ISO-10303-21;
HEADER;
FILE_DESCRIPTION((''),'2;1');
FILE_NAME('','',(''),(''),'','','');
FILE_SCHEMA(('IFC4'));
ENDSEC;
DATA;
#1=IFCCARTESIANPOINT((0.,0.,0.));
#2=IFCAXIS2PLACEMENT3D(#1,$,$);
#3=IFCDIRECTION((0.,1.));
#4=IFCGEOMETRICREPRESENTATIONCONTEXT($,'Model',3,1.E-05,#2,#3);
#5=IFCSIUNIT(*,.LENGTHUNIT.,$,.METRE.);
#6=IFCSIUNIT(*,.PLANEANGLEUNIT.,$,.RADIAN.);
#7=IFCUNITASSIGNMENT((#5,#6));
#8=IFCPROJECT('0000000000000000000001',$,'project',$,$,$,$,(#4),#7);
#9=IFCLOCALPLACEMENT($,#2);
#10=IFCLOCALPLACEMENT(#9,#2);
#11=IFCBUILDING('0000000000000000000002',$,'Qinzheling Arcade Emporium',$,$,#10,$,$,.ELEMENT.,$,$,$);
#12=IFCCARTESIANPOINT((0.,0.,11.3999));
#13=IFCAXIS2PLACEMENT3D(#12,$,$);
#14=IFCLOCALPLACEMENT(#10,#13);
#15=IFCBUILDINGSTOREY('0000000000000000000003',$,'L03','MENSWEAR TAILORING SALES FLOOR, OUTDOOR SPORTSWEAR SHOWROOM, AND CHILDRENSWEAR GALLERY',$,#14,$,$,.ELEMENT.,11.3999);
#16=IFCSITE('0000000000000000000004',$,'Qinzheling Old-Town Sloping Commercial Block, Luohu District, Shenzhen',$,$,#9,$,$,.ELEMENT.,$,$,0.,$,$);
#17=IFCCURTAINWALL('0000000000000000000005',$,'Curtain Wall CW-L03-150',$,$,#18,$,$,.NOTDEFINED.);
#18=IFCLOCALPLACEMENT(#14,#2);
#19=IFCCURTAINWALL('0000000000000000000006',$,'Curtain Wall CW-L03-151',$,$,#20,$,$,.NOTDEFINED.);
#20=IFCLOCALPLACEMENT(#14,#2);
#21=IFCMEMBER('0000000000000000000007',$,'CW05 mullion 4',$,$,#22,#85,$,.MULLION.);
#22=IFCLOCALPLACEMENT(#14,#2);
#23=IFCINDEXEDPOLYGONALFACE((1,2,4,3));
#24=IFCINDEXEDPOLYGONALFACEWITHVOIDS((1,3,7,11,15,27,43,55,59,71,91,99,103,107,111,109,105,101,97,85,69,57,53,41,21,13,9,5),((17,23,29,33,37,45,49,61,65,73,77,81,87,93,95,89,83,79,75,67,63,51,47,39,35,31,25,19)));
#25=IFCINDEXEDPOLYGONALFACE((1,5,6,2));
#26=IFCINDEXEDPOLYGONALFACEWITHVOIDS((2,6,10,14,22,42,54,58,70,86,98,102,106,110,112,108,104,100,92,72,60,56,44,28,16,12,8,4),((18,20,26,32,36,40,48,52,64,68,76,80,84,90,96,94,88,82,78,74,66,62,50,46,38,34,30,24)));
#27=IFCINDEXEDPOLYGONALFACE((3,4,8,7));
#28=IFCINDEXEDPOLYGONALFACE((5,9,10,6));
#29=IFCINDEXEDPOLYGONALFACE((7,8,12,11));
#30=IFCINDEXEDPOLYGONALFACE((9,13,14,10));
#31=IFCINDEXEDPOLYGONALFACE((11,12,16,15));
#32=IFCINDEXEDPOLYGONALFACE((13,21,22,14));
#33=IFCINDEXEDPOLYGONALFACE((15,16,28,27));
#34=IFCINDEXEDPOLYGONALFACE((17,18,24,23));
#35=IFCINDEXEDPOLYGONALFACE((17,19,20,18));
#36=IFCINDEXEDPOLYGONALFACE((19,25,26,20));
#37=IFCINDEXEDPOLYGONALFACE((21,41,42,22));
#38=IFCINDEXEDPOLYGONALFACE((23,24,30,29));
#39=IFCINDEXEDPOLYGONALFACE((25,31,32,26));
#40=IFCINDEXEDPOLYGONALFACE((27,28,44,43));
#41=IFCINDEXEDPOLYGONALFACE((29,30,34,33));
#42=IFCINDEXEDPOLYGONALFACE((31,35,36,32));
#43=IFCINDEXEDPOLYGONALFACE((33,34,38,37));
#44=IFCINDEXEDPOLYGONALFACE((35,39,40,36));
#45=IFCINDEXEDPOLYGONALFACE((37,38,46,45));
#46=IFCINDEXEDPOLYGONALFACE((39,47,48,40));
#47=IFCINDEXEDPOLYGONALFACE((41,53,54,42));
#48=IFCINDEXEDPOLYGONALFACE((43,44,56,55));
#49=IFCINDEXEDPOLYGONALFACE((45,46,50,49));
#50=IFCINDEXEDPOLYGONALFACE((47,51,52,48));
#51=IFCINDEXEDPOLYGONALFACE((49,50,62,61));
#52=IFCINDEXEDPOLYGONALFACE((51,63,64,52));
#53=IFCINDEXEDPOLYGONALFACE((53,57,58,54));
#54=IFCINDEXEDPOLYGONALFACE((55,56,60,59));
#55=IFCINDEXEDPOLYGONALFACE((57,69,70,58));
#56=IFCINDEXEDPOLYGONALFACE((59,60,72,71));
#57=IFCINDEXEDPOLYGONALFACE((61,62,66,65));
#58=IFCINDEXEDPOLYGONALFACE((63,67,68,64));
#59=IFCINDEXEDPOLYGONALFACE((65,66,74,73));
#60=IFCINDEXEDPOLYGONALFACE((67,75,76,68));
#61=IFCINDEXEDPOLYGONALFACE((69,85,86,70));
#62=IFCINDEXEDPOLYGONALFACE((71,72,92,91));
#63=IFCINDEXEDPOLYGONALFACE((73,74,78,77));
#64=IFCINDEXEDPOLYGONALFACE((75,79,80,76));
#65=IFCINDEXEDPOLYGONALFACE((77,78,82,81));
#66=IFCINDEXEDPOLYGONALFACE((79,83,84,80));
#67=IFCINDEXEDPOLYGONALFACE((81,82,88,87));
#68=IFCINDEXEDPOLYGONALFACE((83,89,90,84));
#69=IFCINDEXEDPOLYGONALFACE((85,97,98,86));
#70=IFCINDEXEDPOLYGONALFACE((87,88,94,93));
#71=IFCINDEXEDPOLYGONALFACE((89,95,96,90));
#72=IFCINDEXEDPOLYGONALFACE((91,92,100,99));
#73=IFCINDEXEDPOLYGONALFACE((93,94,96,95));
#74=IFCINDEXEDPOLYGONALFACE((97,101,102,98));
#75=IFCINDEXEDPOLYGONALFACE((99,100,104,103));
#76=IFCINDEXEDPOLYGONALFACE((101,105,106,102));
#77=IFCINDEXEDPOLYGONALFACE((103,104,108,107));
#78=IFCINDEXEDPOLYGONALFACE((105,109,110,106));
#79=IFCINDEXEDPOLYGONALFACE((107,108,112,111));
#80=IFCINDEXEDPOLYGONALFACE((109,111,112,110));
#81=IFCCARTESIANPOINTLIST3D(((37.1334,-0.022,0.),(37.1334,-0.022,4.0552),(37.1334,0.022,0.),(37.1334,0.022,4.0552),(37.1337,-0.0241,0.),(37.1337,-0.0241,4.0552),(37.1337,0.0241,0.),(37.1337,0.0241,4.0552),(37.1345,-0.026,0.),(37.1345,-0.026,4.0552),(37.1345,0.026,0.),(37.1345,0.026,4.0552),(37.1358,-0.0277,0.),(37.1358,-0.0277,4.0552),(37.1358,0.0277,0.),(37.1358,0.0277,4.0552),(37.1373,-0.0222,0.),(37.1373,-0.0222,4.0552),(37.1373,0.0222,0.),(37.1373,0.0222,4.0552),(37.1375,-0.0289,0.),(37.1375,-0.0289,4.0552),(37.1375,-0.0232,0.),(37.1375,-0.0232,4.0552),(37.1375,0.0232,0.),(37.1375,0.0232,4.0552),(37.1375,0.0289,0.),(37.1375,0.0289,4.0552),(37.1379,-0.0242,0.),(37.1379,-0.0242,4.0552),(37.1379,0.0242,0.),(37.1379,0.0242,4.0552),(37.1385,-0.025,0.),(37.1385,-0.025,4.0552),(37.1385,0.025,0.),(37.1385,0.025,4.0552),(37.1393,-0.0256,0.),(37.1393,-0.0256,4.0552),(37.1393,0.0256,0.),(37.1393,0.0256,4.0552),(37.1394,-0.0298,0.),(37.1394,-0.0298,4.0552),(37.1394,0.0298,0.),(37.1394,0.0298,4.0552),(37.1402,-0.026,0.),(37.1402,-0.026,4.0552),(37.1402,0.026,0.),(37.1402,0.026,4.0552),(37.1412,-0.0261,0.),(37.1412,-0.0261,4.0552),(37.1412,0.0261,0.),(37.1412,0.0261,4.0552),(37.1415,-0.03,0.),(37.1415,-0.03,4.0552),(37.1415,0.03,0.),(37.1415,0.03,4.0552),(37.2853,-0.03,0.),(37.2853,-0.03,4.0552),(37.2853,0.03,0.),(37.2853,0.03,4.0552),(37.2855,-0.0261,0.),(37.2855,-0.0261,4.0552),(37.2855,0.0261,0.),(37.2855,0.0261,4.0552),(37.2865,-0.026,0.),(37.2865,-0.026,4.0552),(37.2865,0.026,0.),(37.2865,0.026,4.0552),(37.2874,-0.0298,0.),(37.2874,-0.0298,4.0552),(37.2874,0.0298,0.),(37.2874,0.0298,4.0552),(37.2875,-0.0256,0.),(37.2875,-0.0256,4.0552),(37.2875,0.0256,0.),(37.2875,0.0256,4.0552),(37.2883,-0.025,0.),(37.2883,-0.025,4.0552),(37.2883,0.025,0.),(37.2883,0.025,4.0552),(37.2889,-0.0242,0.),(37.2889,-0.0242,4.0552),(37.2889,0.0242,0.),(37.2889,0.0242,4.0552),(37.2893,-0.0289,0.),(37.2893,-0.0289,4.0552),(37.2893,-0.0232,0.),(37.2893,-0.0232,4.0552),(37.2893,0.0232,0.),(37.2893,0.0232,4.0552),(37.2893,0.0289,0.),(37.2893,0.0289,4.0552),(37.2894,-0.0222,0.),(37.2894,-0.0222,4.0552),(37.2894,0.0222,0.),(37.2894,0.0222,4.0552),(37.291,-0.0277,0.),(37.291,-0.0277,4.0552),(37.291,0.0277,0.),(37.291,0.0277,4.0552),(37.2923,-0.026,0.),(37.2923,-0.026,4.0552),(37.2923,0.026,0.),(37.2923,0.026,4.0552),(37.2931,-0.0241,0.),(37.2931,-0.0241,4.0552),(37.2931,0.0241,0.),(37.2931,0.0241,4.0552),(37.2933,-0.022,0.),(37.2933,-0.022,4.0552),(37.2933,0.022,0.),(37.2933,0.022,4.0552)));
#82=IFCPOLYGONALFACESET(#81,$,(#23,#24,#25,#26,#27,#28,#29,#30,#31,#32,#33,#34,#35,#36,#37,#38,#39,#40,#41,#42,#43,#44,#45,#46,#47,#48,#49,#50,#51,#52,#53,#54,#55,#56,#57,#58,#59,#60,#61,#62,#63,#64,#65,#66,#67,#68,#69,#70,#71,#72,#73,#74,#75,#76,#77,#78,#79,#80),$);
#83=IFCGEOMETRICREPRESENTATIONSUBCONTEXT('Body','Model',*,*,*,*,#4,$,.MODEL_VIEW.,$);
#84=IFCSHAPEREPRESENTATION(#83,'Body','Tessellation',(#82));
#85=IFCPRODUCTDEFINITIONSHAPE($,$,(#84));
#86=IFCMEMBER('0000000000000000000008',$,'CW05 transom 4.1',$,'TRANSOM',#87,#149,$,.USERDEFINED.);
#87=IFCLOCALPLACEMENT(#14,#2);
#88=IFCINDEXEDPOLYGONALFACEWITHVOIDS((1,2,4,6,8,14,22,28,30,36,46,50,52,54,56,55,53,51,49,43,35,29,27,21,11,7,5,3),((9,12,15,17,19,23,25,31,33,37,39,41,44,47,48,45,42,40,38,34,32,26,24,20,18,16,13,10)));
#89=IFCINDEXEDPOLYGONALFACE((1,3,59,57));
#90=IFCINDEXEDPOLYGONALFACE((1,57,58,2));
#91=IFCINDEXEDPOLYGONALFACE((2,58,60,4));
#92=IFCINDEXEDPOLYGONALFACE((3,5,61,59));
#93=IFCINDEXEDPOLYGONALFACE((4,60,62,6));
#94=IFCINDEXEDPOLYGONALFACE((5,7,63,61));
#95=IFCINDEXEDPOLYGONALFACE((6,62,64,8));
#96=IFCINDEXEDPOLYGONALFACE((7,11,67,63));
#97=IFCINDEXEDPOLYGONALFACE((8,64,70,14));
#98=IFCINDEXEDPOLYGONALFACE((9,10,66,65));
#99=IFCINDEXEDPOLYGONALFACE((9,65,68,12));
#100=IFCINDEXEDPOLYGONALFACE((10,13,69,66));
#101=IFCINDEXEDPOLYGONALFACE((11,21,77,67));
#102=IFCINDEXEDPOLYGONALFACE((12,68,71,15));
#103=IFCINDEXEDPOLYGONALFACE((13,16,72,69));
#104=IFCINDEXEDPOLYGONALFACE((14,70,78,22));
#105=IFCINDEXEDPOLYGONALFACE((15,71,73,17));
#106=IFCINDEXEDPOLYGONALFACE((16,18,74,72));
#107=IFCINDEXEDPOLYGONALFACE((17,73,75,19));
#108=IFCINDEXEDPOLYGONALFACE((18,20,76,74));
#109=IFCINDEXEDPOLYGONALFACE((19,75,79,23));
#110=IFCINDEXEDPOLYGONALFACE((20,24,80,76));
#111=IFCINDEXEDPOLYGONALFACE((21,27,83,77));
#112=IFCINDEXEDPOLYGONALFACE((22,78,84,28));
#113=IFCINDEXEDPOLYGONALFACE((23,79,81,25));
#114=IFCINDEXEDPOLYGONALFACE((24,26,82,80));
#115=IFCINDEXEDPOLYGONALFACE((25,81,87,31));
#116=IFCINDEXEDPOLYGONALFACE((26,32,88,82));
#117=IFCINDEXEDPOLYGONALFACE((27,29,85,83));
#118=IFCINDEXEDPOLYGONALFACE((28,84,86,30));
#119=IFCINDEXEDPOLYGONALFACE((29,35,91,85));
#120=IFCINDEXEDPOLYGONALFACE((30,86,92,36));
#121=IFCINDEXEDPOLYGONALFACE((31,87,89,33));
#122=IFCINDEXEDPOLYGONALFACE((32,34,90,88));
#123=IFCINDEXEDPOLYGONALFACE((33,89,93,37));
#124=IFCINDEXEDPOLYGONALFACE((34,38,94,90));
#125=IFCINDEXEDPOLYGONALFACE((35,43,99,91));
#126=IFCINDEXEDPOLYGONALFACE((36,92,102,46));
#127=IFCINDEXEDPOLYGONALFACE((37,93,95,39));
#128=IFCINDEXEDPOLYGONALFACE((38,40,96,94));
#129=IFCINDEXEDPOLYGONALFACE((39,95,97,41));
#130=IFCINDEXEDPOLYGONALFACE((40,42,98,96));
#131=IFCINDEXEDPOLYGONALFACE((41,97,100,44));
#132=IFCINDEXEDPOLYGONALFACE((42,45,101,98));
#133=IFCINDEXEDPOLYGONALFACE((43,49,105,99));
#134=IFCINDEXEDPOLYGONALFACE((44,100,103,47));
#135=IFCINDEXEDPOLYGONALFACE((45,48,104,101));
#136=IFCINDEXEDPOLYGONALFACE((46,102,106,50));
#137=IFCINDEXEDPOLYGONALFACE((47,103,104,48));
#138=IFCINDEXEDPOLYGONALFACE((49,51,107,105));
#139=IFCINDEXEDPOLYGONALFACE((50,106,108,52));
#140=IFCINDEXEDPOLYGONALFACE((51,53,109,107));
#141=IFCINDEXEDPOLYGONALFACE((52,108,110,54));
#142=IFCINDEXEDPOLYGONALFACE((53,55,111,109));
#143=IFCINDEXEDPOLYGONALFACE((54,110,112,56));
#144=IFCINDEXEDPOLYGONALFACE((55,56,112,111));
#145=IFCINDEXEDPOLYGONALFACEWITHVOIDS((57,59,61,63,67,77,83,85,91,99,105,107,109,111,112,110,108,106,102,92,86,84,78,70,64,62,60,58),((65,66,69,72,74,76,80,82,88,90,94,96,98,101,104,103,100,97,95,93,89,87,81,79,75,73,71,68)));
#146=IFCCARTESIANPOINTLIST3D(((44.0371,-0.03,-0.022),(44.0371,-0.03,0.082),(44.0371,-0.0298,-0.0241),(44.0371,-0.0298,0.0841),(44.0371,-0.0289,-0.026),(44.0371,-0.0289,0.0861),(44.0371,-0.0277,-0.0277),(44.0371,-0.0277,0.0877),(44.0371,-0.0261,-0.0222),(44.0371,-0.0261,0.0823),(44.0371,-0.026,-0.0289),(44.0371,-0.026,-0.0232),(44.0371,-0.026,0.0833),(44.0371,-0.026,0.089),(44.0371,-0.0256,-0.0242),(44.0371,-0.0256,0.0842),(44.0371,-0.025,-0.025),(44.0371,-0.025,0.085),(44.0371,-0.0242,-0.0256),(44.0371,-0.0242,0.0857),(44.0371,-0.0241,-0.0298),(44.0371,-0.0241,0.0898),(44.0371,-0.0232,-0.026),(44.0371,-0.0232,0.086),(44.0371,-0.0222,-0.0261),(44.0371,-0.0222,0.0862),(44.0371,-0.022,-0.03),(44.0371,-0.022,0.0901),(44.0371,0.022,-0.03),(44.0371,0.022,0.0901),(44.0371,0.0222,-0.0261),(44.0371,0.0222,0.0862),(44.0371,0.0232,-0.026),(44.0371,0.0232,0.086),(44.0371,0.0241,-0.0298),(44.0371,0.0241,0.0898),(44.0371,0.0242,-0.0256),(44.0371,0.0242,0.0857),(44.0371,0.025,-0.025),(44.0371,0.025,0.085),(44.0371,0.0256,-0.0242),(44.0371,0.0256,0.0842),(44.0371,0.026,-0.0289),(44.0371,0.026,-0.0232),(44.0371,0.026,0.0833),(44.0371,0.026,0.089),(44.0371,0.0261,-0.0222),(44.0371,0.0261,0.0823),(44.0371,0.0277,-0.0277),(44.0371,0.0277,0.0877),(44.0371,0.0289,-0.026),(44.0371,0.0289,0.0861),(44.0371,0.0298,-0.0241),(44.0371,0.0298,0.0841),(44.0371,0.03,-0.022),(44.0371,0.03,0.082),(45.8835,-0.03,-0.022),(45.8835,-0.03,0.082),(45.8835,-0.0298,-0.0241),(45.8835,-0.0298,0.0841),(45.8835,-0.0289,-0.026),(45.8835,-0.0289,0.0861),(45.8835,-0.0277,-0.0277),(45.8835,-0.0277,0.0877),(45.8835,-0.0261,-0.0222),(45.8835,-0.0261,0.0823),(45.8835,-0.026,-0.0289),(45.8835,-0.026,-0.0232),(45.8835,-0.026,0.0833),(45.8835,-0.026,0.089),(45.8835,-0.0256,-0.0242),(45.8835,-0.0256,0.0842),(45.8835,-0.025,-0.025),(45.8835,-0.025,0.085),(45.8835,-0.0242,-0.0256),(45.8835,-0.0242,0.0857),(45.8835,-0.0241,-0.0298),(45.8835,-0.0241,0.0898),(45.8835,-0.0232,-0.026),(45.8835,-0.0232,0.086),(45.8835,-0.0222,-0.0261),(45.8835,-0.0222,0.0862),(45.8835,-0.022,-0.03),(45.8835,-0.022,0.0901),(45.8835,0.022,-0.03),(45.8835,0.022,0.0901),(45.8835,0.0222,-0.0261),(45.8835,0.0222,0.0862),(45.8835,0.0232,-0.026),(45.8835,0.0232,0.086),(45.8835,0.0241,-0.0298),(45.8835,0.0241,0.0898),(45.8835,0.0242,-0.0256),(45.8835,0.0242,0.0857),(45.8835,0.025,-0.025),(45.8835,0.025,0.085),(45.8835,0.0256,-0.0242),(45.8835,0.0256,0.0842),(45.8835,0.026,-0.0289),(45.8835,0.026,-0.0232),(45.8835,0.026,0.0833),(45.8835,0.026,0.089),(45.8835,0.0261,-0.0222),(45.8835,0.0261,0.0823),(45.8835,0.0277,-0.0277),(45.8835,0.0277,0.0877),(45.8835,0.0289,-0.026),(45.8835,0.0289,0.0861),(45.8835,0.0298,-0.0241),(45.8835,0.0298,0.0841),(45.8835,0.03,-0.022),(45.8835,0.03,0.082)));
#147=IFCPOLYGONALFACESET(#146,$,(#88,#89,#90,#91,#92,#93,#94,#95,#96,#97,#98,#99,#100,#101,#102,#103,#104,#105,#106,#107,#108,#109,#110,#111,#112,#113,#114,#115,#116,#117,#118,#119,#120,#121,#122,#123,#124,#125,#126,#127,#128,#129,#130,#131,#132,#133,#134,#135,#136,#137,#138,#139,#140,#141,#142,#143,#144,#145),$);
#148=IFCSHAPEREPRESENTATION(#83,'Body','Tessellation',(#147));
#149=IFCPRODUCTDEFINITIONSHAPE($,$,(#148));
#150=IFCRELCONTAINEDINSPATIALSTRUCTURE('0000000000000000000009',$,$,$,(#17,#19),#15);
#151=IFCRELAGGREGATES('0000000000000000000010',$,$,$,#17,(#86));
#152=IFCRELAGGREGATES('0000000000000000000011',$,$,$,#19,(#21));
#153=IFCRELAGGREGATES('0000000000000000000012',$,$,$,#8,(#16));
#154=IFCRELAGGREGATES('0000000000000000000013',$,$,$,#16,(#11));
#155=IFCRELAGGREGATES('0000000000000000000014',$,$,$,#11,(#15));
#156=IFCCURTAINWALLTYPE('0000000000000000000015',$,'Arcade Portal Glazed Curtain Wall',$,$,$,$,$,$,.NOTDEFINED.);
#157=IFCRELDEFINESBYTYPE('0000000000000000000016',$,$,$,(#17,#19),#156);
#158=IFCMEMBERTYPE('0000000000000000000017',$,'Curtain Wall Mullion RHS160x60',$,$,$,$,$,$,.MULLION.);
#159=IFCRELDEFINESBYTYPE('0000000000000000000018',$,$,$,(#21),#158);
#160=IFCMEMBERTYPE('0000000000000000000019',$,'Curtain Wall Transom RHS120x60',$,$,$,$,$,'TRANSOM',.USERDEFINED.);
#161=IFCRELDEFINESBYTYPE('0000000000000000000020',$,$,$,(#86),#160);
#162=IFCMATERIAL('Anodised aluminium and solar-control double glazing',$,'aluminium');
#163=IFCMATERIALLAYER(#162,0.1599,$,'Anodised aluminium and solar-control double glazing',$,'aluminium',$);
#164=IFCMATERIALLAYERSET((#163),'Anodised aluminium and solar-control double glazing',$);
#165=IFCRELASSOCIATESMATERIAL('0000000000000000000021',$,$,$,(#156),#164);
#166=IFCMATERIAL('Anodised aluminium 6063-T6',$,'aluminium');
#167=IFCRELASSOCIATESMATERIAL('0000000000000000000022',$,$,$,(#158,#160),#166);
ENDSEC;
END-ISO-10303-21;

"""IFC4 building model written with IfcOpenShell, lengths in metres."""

from ifc_helpers import new_model, si_unit, direction, frame, origin, origin_2d, place, context, subcontext, project, spatial, hollow_rectangle, extrude, material, layer, layer_set, material_profile, profile_set, type_object, element, aggregate, save


model = new_model("IFC4")

# Units and contexts
model_context = context("Model", 3, precision=1e-05, world=origin(), true_north=direction((0.0, 1.0)))
body_context = subcontext(model_context, "Body", "Model", "MODEL_VIEW")
ifc_project = project(units=[si_unit("LENGTHUNIT", "METRE"), si_unit("PLANEANGLEUNIT", "RADIAN")], contexts=[model_context])

# Site, building, storey
site_placement = place(None, origin())
site = spatial("IfcSite", under=ifc_project, at=site_placement, Name="Qinzheling Old-Town Sloping Commercial Block, Luohu District, Shenzhen", CompositionType="ELEMENT", RefElevation=0.0)
building_placement = place(site_placement, origin())
building = spatial("IfcBuilding", under=site, at=building_placement, Name="Qinzheling Arcade Emporium", CompositionType="ELEMENT")
storey_placement = place(building_placement, frame((0.0, 0.0, 11.3999)))
storey = spatial("IfcBuildingStorey", under=building, at=storey_placement, Name="L03", Description="MENSWEAR TAILORING SALES FLOOR, OUTDOOR SPORTSWEAR SHOWROOM, AND CHILDRENSWEAR GALLERY", CompositionType="ELEMENT", Elevation=11.3999)

# Curtain wall
ifc_material_1 = material(Name="Anodised aluminium and solar-control double glazing", Category="aluminium")
ifc_layer_1 = layer(ifc_material_1, 0.1599, Name="Anodised aluminium and solar-control double glazing", Category="aluminium")
ifc_layer_set_1 = layer_set([ifc_layer_1], Name="Anodised aluminium and solar-control double glazing")
curtain_wall_type = type_object("IfcCurtainWallType", Name="Arcade Portal Glazed Curtain Wall", PredefinedType="NOTDEFINED", material=ifc_layer_set_1)
curtain_wall_1_placement = place(storey_placement, origin())
curtain_wall_1 = element("IfcCurtainWall", 1, at=curtain_wall_1_placement, inside=storey, type_object=curtain_wall_type, Name="Curtain Wall CW-L03-150", PredefinedType="NOTDEFINED")
ifc_material_2 = material(Name="Anodised aluminium 6063-T6", Category="aluminium")
ifc_material_profile_1 = material_profile(ifc_material_2, hollow_rectangle(XDim=0.0601, YDim=0.1599, WallThickness=0.0039, InnerFilletRadius=0.0039, OuterFilletRadius=0.0081, at=origin_2d()), Name="RHS 160x60x4", Category="aluminium")
ifc_profile_set_1 = profile_set([ifc_material_profile_1], Name="Anodised aluminium 6063-T6")
member_type_1 = type_object("IfcMemberType", Name="Curtain Wall Mullion RHS160x60", PredefinedType="MULLION", material=ifc_profile_set_1)

# Curtain wall, member
curtain_wall_2_placement = place(storey_placement, origin())
curtain_wall_2 = element("IfcCurtainWall", 2, at=curtain_wall_2_placement, inside=storey, type_object=curtain_wall_type, Name="Curtain Wall CW-L03-151", PredefinedType="NOTDEFINED")
member_1_placement = place(storey_placement, frame((37.2134, 0.0, 0.0), z_axis=(0.0, 0.0, 1.0), x_axis=(0.0, -1.0, 0.0)))
member_1 = element("IfcMember", 3, at=member_1_placement, type_object=member_type_1, Name="CW05 mullion 4", PredefinedType="MULLION", context=body_context, shape_type="SweptSolid", body=[
    extrude(hollow_rectangle(XDim=0.0601, YDim=0.1599, WallThickness=0.0039, InnerFilletRadius=0.0039, OuterFilletRadius=0.0081, at=origin_2d()), origin(), (0.0, 0.0, 1.0), 4.0552),
])

# Member
ifc_material_profile_2 = material_profile(ifc_material_2, hollow_rectangle(XDim=0.0601, YDim=0.1201, WallThickness=0.0039, InnerFilletRadius=0.0039, OuterFilletRadius=0.0081, at=origin_2d()), Name="RHS 120x60x4", Category="aluminium")
ifc_profile_set_2 = profile_set([ifc_material_profile_2], Name="Anodised aluminium 6063-T6")
member_type_2 = type_object("IfcMemberType", Name="Curtain Wall Transom RHS120x60", ElementType="TRANSOM", PredefinedType="USERDEFINED", material=ifc_profile_set_2)
member_2_placement = place(storey_placement, frame((45.8835, 0.0, 0.03), z_axis=(-1.0, 0.0, 0.0), x_axis=(0.0, -1.0, 0.0)))
member_2 = element("IfcMember", 4, at=member_2_placement, type_object=member_type_2, Name="CW05 transom 4.1", ObjectType="TRANSOM", PredefinedType="USERDEFINED", context=body_context, shape_type="SweptSolid", body=[
    extrude(hollow_rectangle(XDim=0.0601, YDim=0.1201, WallThickness=0.0039, InnerFilletRadius=0.0039, OuterFilletRadius=0.0081, at=origin_2d()), origin(), (0.0, 0.0, 1.0), 1.8464),
])

aggregate(curtain_wall_1, [member_2])
aggregate(curtain_wall_2, [member_1])

save(model, "model.ifc")
